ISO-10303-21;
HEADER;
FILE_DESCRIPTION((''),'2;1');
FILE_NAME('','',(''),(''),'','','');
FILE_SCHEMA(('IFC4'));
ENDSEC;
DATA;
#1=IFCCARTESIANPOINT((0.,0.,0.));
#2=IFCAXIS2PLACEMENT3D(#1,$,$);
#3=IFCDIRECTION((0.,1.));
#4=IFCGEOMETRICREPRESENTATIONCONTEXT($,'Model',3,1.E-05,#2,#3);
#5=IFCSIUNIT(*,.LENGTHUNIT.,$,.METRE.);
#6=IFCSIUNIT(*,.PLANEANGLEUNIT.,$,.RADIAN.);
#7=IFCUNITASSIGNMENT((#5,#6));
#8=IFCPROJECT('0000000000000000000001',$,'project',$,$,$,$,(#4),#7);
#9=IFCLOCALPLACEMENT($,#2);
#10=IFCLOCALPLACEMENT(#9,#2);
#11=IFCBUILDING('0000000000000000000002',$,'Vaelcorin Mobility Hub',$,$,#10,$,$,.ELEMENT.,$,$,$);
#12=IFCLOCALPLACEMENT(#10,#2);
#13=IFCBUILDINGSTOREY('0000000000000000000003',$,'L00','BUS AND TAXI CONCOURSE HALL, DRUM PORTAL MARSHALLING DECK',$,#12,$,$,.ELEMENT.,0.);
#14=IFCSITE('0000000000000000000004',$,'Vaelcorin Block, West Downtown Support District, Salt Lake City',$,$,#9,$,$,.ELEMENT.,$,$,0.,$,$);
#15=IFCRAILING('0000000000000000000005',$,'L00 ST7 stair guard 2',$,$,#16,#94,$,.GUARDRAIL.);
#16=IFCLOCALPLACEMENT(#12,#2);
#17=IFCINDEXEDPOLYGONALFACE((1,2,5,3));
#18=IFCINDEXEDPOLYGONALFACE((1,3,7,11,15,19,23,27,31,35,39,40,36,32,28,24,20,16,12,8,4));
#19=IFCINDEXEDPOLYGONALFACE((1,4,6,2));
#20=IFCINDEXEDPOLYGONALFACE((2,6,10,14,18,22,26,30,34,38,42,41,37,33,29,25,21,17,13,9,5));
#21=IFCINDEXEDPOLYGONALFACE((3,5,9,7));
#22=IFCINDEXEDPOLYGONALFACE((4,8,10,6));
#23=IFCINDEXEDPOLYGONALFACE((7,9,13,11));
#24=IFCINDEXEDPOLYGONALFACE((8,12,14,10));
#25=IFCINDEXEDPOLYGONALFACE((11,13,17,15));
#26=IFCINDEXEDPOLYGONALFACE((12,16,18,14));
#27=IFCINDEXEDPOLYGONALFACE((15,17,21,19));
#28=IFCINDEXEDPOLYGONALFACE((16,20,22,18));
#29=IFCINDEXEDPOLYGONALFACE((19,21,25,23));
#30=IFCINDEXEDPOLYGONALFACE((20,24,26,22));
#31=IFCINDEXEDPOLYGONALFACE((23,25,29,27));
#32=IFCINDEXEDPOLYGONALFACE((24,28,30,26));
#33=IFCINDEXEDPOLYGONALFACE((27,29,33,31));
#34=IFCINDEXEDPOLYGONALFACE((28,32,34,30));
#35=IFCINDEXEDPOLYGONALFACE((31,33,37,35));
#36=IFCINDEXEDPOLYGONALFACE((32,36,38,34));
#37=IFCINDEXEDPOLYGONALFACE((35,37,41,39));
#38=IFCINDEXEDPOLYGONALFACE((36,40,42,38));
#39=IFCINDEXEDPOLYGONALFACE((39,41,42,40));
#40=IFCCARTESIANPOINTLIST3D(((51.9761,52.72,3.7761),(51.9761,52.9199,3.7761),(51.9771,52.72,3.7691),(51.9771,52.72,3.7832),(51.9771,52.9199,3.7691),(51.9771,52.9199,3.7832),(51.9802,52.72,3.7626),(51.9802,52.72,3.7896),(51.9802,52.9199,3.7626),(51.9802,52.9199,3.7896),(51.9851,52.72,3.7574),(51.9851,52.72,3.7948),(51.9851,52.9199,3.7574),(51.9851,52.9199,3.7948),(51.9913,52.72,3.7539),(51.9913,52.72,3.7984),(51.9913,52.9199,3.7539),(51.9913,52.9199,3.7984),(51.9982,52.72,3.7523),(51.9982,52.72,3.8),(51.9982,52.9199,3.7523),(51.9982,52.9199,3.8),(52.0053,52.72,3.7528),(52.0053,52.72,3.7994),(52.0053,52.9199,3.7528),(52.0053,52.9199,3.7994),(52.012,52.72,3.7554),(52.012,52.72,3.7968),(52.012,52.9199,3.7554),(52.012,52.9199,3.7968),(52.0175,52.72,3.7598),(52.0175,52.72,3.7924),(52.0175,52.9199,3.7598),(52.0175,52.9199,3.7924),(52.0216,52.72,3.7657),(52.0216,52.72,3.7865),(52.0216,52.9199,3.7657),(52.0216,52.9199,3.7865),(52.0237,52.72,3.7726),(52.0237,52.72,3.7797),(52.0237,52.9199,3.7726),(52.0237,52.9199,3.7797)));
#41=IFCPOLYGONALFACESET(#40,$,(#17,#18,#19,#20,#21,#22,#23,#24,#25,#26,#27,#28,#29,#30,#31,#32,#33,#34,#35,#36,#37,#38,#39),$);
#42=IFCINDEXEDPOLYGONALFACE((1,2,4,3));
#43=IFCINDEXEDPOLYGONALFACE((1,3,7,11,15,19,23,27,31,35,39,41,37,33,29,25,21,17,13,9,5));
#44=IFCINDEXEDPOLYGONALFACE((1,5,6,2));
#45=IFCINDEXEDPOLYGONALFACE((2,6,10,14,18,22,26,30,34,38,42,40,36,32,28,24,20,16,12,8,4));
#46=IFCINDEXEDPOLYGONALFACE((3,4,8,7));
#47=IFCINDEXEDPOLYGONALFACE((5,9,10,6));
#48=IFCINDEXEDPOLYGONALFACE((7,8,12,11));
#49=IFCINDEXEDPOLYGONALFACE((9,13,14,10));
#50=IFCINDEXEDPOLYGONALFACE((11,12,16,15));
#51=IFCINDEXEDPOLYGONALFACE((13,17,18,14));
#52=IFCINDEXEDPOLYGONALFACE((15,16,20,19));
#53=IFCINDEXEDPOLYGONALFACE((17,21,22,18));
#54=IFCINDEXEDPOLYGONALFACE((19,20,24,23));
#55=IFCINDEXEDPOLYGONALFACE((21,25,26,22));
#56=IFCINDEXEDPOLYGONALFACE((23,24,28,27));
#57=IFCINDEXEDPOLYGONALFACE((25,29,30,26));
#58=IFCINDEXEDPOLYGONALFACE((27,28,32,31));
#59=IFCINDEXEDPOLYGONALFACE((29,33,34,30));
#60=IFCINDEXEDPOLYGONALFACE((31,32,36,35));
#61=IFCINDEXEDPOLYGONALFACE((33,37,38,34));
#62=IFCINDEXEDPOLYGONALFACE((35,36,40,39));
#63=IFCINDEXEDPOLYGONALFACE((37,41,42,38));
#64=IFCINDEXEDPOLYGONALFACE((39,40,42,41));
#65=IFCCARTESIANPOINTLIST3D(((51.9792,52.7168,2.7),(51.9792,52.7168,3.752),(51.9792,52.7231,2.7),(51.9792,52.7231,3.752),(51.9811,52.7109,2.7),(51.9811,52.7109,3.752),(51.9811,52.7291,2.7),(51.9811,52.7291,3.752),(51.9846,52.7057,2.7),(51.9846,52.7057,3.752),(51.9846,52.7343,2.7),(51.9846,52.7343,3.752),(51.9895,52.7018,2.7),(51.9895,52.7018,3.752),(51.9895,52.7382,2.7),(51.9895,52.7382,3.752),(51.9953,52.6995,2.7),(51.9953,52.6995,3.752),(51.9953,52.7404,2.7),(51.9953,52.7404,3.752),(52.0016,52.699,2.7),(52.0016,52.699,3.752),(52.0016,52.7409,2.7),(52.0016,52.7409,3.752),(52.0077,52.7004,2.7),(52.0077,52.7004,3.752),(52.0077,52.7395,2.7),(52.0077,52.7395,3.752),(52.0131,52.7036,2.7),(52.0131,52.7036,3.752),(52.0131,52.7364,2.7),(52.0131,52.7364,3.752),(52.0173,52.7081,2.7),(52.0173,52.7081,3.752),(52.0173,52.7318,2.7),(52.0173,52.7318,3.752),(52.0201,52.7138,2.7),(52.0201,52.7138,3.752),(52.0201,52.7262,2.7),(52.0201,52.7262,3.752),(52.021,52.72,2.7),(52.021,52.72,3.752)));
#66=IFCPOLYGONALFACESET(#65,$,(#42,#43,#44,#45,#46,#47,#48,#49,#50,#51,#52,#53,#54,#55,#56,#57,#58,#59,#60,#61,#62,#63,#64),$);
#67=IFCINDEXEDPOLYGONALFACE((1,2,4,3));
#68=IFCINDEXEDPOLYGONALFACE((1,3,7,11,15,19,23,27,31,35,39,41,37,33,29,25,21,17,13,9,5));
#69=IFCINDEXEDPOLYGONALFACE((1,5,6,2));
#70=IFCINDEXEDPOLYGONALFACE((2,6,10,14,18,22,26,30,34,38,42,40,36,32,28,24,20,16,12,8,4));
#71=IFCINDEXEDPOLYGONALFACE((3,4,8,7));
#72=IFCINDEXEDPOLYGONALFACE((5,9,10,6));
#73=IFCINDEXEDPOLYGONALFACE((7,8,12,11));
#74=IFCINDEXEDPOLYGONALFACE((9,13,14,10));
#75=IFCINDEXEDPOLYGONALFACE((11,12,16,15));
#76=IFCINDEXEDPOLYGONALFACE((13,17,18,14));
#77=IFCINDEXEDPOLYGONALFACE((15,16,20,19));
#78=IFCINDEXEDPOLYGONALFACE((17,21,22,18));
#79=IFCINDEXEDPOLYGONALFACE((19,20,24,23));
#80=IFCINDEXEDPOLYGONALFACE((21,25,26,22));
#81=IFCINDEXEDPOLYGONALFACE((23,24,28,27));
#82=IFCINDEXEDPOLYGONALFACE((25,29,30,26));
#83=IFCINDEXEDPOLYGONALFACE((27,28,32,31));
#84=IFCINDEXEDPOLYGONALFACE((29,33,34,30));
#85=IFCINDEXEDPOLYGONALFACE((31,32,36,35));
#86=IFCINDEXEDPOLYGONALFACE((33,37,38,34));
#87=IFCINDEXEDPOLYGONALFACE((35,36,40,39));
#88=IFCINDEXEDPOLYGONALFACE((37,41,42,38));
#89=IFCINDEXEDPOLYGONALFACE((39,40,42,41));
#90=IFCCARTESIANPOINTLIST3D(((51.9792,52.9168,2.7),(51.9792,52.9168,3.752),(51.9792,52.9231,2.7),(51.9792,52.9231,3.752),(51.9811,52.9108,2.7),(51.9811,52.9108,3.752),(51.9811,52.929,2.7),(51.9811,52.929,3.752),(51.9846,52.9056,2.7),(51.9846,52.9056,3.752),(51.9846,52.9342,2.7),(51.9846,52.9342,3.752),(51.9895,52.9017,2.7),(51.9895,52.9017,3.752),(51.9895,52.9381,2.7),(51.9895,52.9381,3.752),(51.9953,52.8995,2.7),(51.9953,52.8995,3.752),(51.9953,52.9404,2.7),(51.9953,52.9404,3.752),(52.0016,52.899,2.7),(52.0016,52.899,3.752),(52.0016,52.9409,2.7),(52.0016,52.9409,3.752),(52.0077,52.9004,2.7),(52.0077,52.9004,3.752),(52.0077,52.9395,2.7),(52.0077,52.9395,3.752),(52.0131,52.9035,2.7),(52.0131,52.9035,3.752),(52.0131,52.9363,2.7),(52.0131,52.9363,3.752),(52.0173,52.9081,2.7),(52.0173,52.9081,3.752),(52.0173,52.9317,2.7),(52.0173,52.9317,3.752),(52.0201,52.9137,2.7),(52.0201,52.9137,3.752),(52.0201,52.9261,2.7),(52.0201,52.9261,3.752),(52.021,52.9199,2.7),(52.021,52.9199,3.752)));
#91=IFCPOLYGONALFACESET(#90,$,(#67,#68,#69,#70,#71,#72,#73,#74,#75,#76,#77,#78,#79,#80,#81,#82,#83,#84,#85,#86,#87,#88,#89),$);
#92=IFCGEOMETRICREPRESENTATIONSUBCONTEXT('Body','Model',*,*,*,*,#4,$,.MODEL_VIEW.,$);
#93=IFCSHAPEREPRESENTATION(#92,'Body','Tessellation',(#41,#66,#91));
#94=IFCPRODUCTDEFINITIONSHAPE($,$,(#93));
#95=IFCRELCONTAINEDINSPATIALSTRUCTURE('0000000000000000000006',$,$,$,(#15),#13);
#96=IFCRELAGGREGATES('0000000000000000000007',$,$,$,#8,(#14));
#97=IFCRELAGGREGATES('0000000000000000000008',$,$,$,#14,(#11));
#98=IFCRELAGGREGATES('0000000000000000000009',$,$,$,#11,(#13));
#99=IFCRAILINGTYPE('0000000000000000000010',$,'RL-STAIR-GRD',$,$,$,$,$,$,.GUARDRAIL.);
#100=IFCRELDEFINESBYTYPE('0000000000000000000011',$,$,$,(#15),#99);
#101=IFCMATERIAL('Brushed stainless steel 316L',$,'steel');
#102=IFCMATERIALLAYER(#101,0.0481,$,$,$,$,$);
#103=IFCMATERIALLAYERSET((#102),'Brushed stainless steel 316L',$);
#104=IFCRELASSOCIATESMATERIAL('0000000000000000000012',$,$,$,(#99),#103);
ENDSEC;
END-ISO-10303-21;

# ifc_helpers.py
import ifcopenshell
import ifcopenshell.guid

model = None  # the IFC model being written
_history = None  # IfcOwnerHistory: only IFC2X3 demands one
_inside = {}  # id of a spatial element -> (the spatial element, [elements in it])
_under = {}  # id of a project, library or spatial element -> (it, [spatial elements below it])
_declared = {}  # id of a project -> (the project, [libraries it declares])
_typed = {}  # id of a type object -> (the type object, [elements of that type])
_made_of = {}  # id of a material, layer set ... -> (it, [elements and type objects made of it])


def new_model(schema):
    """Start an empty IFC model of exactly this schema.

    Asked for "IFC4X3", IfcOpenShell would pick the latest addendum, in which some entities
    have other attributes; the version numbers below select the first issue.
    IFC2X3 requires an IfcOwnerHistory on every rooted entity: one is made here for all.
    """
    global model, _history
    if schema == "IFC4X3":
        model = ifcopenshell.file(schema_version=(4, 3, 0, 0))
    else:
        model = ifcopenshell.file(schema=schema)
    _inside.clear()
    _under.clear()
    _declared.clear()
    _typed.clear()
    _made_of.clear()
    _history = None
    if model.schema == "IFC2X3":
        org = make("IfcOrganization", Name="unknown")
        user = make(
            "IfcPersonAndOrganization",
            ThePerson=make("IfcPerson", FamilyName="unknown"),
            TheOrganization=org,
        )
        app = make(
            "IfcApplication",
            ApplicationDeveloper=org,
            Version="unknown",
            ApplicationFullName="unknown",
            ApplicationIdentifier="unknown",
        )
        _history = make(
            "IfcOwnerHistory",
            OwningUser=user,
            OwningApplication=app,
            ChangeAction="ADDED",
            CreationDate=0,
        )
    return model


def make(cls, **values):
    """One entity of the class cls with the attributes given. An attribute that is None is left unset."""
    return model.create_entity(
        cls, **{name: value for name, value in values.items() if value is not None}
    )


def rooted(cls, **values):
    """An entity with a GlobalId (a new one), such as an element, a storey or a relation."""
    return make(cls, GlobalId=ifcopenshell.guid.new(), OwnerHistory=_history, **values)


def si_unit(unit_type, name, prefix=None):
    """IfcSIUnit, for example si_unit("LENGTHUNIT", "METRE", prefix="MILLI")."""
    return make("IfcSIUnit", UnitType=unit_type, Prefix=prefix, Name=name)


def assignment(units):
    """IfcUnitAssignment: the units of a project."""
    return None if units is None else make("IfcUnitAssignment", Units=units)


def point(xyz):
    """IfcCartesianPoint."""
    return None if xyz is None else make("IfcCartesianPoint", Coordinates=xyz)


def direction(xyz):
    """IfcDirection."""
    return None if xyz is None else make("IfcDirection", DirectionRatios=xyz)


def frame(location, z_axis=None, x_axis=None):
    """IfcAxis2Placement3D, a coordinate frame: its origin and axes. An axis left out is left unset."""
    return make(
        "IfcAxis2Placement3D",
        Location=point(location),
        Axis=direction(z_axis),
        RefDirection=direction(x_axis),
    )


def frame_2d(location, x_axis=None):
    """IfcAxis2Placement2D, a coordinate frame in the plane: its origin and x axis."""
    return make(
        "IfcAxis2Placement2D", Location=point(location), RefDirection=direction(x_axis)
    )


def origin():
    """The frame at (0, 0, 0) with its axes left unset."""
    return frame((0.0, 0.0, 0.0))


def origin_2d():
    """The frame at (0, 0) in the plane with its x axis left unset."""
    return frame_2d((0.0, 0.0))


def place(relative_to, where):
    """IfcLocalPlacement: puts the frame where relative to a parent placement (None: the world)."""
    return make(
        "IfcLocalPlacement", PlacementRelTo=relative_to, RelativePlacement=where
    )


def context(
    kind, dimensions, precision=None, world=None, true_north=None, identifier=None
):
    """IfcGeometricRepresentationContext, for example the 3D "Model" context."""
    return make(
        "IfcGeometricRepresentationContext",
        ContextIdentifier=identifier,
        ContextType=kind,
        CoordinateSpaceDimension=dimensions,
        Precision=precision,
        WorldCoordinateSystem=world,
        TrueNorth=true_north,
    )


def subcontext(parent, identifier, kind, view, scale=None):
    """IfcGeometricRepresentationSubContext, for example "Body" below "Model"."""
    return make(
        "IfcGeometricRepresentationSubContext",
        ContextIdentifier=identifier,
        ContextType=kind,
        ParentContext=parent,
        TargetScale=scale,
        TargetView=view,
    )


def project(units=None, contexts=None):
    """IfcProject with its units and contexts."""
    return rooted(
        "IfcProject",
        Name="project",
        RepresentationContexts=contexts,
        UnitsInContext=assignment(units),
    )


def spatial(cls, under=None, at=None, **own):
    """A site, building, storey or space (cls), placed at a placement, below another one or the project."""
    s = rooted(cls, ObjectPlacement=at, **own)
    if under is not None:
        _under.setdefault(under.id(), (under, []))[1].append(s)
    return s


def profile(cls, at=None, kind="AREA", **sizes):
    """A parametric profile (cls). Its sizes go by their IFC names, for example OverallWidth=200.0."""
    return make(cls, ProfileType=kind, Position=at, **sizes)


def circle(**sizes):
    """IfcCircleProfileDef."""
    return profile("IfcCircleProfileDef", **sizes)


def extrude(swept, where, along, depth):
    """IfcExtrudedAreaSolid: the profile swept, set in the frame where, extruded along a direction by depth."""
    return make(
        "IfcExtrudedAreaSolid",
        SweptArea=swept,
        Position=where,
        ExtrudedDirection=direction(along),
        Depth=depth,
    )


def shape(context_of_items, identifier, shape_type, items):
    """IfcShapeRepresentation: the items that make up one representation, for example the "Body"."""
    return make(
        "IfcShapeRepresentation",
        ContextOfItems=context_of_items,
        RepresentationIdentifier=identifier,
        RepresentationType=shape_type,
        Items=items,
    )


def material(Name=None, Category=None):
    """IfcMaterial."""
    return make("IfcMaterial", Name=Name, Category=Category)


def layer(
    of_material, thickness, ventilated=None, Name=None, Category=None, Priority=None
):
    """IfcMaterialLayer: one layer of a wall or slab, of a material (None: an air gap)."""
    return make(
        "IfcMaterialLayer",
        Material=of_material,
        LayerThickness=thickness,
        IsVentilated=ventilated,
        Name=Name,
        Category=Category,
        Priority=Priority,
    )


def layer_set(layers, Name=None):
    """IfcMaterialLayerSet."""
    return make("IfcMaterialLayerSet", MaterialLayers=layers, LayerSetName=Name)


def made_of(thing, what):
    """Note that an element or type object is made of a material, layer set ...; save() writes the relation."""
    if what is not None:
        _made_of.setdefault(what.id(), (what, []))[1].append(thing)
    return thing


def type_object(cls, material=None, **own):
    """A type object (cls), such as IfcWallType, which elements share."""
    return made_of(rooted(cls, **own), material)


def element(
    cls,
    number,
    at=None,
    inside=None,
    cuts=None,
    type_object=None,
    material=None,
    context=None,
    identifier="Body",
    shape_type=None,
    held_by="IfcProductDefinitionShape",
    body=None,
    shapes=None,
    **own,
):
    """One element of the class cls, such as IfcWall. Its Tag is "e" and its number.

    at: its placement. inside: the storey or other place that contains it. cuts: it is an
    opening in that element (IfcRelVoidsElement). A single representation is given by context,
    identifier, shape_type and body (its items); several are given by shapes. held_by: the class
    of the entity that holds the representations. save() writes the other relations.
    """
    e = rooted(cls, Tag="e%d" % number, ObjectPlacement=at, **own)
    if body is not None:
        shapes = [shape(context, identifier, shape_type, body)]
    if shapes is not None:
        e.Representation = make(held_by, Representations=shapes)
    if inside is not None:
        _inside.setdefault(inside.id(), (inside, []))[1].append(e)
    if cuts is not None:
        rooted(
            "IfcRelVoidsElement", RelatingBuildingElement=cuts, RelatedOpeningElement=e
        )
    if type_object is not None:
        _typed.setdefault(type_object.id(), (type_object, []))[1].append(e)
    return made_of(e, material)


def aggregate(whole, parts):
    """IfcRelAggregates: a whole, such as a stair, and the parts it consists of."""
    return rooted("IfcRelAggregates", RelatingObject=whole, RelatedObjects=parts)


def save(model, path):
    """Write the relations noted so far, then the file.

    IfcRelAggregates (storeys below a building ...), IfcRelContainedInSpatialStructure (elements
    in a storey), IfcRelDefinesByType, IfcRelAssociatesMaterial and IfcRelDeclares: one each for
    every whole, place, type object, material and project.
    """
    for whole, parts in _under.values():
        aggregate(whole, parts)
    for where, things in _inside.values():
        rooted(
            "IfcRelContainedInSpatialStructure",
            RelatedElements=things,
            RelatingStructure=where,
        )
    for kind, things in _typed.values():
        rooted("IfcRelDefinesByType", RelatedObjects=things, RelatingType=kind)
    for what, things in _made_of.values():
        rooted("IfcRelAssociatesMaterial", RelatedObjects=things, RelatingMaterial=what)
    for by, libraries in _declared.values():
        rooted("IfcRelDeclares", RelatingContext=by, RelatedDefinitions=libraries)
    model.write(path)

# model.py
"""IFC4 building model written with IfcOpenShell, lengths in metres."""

from ifc_helpers import new_model, si_unit, direction, frame, origin, origin_2d, place, context, subcontext, project, spatial, circle, extrude, material, layer, layer_set, type_object, element, save


model = new_model("IFC4")

# Units and contexts
model_context = context("Model", 3, precision=1e-05, world=origin(), true_north=direction((0.0, 1.0)))
body_context = subcontext(model_context, "Body", "Model", "MODEL_VIEW")
ifc_project = project(units=[si_unit("LENGTHUNIT", "METRE"), si_unit("PLANEANGLEUNIT", "RADIAN")], contexts=[model_context])

# Site, building, storey
site_placement = place(None, origin())
site = spatial("IfcSite", under=ifc_project, at=site_placement, Name="Vaelcorin Block, West Downtown Support District, Salt Lake City", CompositionType="ELEMENT", RefElevation=0.0)
building_placement = place(site_placement, origin())
building = spatial("IfcBuilding", under=site, at=building_placement, Name="Vaelcorin Mobility Hub", CompositionType="ELEMENT")
storey_placement = place(building_placement, origin())
storey = spatial("IfcBuildingStorey", under=building, at=storey_placement, Name="L00", Description="BUS AND TAXI CONCOURSE HALL, DRUM PORTAL MARSHALLING DECK", CompositionType="ELEMENT", Elevation=0.0)

# Railing
ifc_material_1 = material(Name="Brushed stainless steel 316L", Category="steel")
ifc_layer_1 = layer(ifc_material_1, 0.0481)
ifc_layer_set_1 = layer_set([ifc_layer_1], Name="Brushed stainless steel 316L")
railing_type_1 = type_object("IfcRailingType", Name="RL-STAIR-GRD", PredefinedType="GUARDRAIL", material=ifc_layer_set_1)
railing_1_placement = place(storey_placement, frame((52.0, 52.72, 2.7)))
element("IfcRailing", 1, at=railing_1_placement, inside=storey, type_object=railing_type_1, Name="L00 ST7 stair guard 2", PredefinedType="GUARDRAIL", context=body_context, shape_type="SweptSolid", body=[
    extrude(circle(Radius=0.0239, at=origin_2d()), frame((0.0, 0.0, 1.0762), z_axis=(0.0, 1.0, 0.0), x_axis=(-1.0, 0.0, 0.0)), (0.0, 0.0, 1.0), 0.2),
    extrude(circle(Radius=0.021, at=origin_2d()), origin(), (0.0, 0.0, 1.0), 1.052),
    extrude(circle(Radius=0.021, at=origin_2d()), frame((0.0, 0.2, 0.0)), (0.0, 0.0, 1.0), 1.052),
])

save(model, "model.ifc")
